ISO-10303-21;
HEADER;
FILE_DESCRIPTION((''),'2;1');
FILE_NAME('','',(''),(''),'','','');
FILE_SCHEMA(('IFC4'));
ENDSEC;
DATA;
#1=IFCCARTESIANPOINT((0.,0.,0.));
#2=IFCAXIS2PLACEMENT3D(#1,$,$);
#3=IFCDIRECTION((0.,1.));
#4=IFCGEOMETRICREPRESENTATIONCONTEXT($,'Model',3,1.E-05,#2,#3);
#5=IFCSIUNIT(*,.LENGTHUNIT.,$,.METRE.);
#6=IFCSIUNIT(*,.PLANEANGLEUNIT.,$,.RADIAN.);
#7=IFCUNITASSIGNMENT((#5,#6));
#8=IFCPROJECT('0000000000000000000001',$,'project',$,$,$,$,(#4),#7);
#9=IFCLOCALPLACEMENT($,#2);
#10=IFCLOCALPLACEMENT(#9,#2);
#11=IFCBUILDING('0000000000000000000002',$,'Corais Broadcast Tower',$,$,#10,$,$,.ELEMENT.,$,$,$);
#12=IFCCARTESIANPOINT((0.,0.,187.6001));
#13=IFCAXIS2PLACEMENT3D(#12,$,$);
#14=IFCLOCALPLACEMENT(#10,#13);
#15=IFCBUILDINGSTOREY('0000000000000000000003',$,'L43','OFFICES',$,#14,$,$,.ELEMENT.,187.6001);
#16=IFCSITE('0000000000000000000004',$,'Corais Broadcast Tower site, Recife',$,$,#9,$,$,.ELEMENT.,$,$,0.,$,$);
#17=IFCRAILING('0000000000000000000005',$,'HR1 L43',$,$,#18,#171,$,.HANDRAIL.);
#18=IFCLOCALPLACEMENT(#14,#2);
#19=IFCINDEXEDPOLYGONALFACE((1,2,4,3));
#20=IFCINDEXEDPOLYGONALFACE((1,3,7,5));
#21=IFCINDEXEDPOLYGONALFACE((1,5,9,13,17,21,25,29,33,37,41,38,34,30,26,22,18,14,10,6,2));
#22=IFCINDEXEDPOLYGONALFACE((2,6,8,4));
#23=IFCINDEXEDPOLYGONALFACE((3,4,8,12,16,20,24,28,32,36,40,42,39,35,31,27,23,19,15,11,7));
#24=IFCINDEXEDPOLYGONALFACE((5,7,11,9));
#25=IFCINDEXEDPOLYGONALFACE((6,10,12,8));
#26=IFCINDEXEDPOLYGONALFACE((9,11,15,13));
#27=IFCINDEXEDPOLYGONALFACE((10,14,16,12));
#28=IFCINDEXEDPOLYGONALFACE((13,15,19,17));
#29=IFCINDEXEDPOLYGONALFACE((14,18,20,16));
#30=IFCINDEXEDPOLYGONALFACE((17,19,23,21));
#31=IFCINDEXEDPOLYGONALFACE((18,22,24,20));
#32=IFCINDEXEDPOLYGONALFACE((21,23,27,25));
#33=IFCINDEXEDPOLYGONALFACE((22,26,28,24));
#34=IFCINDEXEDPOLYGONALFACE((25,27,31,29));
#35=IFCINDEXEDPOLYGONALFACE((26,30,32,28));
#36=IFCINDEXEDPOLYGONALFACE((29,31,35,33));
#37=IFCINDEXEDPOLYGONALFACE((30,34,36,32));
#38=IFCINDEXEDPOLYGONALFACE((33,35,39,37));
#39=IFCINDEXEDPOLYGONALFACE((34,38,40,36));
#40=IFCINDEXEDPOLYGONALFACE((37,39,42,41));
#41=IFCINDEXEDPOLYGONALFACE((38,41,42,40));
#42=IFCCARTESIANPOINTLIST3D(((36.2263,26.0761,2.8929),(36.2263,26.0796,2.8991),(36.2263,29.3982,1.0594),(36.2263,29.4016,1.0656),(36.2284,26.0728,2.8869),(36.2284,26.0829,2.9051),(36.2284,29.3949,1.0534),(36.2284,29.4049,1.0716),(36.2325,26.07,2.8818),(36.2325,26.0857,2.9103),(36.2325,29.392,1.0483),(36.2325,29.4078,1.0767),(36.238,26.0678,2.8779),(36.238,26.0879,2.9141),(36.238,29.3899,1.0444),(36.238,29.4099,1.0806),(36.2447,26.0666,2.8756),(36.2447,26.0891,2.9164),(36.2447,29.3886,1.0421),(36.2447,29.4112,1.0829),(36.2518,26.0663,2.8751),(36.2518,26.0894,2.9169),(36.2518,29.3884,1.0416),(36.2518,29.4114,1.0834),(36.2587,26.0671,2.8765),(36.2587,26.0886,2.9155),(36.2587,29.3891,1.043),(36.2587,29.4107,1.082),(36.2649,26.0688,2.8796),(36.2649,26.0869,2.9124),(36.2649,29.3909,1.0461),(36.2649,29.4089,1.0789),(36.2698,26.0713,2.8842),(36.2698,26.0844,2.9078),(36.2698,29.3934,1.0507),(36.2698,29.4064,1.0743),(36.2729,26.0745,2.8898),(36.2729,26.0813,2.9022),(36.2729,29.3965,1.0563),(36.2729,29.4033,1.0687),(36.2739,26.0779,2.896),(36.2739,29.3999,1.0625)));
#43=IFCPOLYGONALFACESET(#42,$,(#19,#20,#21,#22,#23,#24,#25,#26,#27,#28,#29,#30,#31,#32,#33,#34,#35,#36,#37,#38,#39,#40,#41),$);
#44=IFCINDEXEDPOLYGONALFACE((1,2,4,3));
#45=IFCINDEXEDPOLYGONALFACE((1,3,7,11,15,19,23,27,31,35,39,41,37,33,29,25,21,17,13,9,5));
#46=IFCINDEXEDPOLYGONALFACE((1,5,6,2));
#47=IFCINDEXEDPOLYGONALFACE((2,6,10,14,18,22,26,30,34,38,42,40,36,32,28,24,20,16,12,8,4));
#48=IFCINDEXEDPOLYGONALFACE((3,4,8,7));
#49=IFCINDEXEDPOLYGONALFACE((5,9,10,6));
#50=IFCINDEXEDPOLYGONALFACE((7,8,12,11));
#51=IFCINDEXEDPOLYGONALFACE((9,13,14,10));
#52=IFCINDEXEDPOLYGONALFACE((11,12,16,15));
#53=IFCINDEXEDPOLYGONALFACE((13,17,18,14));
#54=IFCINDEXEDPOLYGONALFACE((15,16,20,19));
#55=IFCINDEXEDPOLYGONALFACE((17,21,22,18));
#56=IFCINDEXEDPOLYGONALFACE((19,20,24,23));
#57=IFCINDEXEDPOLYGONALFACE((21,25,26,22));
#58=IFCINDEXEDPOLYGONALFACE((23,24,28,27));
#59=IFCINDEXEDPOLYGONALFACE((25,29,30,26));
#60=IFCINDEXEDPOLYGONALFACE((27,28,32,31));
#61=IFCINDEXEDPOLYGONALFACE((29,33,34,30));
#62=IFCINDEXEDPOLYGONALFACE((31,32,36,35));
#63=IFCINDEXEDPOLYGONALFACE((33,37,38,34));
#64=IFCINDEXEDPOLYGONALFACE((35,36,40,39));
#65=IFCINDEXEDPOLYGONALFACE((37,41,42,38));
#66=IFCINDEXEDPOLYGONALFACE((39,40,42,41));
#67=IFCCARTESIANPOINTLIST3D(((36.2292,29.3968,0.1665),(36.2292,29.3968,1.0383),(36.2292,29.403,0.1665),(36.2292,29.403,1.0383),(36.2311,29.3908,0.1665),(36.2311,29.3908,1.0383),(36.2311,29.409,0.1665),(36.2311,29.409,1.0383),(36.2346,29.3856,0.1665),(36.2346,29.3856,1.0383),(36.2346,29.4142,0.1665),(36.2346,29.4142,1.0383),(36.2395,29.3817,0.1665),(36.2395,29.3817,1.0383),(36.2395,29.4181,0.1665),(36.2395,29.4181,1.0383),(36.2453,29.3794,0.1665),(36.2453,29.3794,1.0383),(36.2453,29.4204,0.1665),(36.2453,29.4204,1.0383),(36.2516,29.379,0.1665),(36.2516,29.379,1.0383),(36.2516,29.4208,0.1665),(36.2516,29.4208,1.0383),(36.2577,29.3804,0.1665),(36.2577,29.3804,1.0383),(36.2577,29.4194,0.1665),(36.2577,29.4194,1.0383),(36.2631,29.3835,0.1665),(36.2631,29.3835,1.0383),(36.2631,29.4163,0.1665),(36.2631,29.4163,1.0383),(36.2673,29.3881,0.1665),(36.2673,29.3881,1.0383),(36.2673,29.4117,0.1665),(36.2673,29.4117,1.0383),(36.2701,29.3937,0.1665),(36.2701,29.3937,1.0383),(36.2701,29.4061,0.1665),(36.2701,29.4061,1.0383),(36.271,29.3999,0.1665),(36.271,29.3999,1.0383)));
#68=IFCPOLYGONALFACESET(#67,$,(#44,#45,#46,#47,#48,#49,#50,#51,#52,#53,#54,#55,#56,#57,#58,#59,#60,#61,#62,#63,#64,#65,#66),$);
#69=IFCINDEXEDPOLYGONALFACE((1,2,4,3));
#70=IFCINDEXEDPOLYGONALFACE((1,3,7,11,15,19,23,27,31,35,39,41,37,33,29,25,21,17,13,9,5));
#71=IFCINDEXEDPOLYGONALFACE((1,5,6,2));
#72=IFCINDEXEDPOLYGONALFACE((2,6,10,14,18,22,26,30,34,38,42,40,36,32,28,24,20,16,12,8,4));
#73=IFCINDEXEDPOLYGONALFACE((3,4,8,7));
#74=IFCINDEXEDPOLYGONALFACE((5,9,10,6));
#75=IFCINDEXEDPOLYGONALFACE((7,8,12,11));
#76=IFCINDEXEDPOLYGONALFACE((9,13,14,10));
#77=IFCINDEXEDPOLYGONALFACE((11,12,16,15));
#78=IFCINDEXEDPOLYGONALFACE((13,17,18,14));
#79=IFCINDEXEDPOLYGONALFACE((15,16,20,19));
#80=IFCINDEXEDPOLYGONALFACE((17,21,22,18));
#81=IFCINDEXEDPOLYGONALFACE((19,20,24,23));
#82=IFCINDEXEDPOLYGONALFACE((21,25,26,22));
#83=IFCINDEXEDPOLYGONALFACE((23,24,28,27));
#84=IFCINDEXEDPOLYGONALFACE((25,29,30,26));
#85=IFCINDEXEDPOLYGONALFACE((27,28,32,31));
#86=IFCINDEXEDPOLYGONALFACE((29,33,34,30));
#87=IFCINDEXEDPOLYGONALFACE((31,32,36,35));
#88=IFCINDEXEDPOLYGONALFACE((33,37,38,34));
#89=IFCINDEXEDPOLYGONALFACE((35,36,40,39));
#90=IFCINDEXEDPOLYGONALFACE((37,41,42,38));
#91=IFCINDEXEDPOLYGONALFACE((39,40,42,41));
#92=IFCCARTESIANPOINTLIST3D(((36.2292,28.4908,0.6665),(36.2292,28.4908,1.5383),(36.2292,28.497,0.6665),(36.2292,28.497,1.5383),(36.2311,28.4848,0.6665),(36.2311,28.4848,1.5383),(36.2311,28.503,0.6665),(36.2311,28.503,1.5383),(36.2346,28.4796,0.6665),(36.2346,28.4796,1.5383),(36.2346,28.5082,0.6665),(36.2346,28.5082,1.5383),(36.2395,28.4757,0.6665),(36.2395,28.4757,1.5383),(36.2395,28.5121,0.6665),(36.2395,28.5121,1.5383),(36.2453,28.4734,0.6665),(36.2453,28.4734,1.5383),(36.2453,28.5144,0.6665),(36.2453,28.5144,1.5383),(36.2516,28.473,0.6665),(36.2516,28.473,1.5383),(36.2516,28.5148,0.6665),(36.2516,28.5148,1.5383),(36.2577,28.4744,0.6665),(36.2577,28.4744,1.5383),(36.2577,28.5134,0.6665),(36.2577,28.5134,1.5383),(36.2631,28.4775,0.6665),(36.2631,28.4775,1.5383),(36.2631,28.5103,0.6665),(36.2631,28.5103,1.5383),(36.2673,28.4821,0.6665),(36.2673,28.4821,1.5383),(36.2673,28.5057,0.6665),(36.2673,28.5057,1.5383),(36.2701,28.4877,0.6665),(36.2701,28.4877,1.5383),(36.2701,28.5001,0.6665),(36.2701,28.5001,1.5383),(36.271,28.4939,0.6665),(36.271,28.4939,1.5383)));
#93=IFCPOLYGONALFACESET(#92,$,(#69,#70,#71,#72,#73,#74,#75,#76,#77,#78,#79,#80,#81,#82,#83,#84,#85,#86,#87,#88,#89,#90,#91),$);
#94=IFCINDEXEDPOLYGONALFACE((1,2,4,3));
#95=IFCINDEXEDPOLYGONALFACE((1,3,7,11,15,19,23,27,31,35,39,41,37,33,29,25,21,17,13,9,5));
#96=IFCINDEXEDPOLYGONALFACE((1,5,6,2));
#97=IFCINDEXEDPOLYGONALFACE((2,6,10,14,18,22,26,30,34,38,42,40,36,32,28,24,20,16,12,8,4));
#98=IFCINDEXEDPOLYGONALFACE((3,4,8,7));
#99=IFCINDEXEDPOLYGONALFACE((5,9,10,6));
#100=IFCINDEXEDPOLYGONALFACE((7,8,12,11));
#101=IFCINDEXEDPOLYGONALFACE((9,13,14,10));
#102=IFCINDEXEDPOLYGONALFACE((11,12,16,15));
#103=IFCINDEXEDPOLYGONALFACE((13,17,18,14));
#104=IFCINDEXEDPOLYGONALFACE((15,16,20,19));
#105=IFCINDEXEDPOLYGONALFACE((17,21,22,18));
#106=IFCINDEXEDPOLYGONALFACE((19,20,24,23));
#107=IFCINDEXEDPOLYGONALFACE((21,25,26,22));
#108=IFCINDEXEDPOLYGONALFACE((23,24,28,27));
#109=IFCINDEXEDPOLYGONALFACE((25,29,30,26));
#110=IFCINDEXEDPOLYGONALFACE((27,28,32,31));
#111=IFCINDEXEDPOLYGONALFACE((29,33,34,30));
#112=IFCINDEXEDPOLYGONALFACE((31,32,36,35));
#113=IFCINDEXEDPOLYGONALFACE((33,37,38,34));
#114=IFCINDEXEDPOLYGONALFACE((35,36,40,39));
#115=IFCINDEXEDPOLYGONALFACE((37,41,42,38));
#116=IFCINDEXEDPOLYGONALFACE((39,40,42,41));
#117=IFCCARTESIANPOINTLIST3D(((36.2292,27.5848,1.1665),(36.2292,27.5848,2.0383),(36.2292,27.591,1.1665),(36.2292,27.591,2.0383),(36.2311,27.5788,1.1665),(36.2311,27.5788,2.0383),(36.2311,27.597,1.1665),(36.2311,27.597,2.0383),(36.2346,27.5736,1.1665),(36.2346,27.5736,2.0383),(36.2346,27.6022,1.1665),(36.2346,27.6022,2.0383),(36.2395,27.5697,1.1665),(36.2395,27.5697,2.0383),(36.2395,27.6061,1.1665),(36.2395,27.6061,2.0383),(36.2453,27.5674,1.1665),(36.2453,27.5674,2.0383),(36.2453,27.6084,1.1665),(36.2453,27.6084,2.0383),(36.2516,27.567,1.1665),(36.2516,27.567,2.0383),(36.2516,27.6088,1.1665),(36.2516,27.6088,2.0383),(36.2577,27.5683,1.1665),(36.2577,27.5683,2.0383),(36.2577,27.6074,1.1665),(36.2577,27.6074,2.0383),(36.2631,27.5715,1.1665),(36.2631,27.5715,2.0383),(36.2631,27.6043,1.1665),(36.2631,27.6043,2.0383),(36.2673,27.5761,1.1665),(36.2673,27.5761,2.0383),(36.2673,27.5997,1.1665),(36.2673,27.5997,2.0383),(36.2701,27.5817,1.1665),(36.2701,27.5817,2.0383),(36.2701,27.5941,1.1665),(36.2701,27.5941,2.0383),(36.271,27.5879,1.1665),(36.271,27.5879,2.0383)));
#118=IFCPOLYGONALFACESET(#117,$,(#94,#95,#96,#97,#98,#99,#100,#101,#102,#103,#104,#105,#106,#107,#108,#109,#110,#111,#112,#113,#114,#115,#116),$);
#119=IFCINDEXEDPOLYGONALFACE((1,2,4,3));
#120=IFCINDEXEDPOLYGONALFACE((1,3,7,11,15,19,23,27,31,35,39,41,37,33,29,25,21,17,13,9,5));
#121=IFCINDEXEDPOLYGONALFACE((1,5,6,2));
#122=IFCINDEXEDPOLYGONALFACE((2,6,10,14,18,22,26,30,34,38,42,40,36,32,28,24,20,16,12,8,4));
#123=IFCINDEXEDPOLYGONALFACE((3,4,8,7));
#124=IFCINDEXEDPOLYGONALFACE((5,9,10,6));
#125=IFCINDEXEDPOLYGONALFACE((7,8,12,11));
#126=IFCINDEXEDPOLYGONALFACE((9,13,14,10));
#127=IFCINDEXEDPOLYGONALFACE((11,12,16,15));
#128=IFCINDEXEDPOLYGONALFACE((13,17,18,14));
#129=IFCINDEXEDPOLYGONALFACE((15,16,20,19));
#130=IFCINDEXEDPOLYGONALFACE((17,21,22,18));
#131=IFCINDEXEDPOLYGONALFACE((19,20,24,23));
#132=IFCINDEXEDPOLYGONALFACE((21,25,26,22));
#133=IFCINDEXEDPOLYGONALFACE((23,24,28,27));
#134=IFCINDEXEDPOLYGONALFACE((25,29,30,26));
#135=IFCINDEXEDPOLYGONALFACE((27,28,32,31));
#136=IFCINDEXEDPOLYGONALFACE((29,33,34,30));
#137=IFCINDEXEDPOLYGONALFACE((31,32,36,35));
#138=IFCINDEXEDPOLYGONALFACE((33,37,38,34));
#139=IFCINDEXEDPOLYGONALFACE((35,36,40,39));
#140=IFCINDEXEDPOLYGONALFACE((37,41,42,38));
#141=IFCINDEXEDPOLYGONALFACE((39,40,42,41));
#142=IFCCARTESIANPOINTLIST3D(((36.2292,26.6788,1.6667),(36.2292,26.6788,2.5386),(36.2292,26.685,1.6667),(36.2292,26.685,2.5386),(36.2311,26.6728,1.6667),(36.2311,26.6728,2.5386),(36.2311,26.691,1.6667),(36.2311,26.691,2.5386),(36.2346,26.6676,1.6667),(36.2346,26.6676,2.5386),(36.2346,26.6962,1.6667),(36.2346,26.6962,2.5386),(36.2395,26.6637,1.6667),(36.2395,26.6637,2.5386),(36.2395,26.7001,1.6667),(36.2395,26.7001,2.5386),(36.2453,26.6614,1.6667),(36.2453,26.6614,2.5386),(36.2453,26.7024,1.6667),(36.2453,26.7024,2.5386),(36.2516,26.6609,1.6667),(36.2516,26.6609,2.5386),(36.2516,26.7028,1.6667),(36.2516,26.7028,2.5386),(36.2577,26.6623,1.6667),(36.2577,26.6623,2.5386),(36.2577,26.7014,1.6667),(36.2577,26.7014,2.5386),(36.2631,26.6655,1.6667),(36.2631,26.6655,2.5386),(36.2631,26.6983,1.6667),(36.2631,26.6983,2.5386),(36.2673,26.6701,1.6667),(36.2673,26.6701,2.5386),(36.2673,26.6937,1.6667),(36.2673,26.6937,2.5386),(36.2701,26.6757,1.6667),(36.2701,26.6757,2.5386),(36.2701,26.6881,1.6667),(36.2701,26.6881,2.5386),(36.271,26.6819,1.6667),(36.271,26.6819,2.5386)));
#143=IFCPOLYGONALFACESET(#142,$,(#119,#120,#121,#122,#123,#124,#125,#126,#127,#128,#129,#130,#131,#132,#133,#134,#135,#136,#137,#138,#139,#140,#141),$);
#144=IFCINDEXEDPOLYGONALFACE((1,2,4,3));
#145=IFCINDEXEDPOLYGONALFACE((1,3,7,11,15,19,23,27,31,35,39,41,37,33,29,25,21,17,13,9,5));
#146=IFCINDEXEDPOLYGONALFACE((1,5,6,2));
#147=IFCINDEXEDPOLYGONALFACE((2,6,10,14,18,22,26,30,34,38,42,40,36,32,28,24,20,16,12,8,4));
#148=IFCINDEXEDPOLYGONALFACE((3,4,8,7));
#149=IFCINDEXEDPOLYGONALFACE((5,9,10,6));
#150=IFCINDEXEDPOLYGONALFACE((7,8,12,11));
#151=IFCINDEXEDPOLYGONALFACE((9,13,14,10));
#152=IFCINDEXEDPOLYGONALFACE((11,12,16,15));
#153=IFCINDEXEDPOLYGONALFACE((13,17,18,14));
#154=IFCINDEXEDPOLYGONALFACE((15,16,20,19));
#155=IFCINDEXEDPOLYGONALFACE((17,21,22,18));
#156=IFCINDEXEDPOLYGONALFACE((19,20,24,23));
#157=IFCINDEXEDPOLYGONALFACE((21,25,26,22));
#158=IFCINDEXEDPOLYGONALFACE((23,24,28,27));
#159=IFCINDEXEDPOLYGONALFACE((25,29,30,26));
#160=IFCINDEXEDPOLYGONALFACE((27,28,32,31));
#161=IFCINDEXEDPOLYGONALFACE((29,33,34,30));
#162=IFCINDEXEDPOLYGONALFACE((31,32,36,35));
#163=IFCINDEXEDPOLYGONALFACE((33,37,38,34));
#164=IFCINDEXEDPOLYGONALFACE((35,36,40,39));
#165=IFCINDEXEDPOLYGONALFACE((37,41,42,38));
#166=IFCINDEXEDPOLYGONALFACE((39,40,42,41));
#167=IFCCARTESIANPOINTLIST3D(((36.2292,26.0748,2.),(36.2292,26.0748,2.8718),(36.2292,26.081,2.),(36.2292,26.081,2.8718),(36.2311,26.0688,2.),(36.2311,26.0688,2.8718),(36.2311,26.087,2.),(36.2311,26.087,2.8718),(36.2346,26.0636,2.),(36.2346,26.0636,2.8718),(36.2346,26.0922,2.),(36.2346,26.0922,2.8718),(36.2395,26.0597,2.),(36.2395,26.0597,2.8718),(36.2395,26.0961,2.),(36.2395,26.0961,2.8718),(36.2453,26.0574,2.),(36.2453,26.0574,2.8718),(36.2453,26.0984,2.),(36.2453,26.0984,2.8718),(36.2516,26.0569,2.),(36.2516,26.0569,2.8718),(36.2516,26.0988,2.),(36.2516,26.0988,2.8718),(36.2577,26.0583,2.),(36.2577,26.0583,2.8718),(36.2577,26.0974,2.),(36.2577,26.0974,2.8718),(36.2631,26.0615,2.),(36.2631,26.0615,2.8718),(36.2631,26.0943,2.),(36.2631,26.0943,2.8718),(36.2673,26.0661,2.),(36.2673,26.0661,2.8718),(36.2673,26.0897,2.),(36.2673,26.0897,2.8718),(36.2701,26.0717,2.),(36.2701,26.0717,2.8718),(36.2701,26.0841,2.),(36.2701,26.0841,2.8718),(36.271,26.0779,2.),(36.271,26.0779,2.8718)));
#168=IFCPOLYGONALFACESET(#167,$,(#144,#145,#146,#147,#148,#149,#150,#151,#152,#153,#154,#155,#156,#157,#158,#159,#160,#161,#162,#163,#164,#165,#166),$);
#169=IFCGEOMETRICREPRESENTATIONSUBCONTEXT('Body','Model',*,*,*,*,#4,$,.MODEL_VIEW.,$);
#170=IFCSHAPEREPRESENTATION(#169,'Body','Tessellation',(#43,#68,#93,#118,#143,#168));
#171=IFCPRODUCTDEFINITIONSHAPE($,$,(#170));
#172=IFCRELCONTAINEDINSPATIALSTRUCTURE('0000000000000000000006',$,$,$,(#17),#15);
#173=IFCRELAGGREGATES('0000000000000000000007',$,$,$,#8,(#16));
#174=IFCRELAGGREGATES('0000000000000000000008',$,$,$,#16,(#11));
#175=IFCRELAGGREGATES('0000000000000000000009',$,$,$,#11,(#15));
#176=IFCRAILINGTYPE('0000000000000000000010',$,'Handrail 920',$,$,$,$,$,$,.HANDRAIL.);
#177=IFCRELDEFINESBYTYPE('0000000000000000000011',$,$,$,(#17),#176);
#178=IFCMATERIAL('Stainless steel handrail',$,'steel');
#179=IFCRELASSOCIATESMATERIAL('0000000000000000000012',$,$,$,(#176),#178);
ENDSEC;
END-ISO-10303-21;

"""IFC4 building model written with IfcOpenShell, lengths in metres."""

from ifc_helpers import new_model, si_unit, direction, frame, origin, origin_2d, place, context, subcontext, project, spatial, circle, extrude, material, type_object, element, save


model = new_model("IFC4")

# Units and contexts
model_context = context("Model", 3, precision=1e-05, world=origin(), true_north=direction((0.0, 1.0)))
body_context = subcontext(model_context, "Body", "Model", "MODEL_VIEW")
ifc_project = project(units=[si_unit("LENGTHUNIT", "METRE"), si_unit("PLANEANGLEUNIT", "RADIAN")], contexts=[model_context])

# Site, building, storey
site_placement = place(None, origin())
site = spatial("IfcSite", under=ifc_project, at=site_placement, Name="Corais Broadcast Tower site, Recife", CompositionType="ELEMENT", RefElevation=0.0)
building_placement = place(site_placement, origin())
building = spatial("IfcBuilding", under=site, at=building_placement, Name="Corais Broadcast Tower", CompositionType="ELEMENT")
storey_placement = place(building_placement, frame((0.0, 0.0, 187.6001)))
storey = spatial("IfcBuildingStorey", under=building, at=storey_placement, Name="L43", Description="OFFICES", CompositionType="ELEMENT", Elevation=187.6001)

# Railing
ifc_material_1 = material(Name="Stainless steel handrail", Category="steel")
railing_type = type_object("IfcRailingType", Name="Handrail 920", PredefinedType="HANDRAIL", material=ifc_material_1)
for number, where, name in (
    (1, (36.25, 29.3999, 0.1665), "HR1 L43"),
):
    element("IfcRailing", number, at=place(storey_placement, frame(where)), inside=storey, type_object=railing_type, Name=name, PredefinedType="HANDRAIL", context=body_context, shape_type="SweptSolid", body=[
        extrude(circle(Radius=0.0239, at=origin_2d()), frame((0.0, 0.0, 0.896), z_axis=(0.0, -0.875504, 0.48321), x_axis=(1.0, 0.0, 0.0)), (0.0, 0.0, 1.0), 3.7944),
        extrude(circle(Radius=0.021, at=origin_2d()), origin(), (0.0, 0.0, 1.0), 0.8718),
        extrude(circle(Radius=0.021, at=origin_2d()), frame((0.0, -0.906, 0.5)), (0.0, 0.0, 1.0), 0.8718),
        extrude(circle(Radius=0.021, at=origin_2d()), frame((0.0, -1.812, 1.0)), (0.0, 0.0, 1.0), 0.8718),
        extrude(circle(Radius=0.021, at=origin_2d()), frame((0.0, -2.718, 1.5002)), (0.0, 0.0, 1.0), 0.8718),
        extrude(circle(Radius=0.021, at=origin_2d()), frame((0.0, -3.322, 1.8335)), (0.0, 0.0, 1.0), 0.8718),
    ])

save(model, "model.ifc")
